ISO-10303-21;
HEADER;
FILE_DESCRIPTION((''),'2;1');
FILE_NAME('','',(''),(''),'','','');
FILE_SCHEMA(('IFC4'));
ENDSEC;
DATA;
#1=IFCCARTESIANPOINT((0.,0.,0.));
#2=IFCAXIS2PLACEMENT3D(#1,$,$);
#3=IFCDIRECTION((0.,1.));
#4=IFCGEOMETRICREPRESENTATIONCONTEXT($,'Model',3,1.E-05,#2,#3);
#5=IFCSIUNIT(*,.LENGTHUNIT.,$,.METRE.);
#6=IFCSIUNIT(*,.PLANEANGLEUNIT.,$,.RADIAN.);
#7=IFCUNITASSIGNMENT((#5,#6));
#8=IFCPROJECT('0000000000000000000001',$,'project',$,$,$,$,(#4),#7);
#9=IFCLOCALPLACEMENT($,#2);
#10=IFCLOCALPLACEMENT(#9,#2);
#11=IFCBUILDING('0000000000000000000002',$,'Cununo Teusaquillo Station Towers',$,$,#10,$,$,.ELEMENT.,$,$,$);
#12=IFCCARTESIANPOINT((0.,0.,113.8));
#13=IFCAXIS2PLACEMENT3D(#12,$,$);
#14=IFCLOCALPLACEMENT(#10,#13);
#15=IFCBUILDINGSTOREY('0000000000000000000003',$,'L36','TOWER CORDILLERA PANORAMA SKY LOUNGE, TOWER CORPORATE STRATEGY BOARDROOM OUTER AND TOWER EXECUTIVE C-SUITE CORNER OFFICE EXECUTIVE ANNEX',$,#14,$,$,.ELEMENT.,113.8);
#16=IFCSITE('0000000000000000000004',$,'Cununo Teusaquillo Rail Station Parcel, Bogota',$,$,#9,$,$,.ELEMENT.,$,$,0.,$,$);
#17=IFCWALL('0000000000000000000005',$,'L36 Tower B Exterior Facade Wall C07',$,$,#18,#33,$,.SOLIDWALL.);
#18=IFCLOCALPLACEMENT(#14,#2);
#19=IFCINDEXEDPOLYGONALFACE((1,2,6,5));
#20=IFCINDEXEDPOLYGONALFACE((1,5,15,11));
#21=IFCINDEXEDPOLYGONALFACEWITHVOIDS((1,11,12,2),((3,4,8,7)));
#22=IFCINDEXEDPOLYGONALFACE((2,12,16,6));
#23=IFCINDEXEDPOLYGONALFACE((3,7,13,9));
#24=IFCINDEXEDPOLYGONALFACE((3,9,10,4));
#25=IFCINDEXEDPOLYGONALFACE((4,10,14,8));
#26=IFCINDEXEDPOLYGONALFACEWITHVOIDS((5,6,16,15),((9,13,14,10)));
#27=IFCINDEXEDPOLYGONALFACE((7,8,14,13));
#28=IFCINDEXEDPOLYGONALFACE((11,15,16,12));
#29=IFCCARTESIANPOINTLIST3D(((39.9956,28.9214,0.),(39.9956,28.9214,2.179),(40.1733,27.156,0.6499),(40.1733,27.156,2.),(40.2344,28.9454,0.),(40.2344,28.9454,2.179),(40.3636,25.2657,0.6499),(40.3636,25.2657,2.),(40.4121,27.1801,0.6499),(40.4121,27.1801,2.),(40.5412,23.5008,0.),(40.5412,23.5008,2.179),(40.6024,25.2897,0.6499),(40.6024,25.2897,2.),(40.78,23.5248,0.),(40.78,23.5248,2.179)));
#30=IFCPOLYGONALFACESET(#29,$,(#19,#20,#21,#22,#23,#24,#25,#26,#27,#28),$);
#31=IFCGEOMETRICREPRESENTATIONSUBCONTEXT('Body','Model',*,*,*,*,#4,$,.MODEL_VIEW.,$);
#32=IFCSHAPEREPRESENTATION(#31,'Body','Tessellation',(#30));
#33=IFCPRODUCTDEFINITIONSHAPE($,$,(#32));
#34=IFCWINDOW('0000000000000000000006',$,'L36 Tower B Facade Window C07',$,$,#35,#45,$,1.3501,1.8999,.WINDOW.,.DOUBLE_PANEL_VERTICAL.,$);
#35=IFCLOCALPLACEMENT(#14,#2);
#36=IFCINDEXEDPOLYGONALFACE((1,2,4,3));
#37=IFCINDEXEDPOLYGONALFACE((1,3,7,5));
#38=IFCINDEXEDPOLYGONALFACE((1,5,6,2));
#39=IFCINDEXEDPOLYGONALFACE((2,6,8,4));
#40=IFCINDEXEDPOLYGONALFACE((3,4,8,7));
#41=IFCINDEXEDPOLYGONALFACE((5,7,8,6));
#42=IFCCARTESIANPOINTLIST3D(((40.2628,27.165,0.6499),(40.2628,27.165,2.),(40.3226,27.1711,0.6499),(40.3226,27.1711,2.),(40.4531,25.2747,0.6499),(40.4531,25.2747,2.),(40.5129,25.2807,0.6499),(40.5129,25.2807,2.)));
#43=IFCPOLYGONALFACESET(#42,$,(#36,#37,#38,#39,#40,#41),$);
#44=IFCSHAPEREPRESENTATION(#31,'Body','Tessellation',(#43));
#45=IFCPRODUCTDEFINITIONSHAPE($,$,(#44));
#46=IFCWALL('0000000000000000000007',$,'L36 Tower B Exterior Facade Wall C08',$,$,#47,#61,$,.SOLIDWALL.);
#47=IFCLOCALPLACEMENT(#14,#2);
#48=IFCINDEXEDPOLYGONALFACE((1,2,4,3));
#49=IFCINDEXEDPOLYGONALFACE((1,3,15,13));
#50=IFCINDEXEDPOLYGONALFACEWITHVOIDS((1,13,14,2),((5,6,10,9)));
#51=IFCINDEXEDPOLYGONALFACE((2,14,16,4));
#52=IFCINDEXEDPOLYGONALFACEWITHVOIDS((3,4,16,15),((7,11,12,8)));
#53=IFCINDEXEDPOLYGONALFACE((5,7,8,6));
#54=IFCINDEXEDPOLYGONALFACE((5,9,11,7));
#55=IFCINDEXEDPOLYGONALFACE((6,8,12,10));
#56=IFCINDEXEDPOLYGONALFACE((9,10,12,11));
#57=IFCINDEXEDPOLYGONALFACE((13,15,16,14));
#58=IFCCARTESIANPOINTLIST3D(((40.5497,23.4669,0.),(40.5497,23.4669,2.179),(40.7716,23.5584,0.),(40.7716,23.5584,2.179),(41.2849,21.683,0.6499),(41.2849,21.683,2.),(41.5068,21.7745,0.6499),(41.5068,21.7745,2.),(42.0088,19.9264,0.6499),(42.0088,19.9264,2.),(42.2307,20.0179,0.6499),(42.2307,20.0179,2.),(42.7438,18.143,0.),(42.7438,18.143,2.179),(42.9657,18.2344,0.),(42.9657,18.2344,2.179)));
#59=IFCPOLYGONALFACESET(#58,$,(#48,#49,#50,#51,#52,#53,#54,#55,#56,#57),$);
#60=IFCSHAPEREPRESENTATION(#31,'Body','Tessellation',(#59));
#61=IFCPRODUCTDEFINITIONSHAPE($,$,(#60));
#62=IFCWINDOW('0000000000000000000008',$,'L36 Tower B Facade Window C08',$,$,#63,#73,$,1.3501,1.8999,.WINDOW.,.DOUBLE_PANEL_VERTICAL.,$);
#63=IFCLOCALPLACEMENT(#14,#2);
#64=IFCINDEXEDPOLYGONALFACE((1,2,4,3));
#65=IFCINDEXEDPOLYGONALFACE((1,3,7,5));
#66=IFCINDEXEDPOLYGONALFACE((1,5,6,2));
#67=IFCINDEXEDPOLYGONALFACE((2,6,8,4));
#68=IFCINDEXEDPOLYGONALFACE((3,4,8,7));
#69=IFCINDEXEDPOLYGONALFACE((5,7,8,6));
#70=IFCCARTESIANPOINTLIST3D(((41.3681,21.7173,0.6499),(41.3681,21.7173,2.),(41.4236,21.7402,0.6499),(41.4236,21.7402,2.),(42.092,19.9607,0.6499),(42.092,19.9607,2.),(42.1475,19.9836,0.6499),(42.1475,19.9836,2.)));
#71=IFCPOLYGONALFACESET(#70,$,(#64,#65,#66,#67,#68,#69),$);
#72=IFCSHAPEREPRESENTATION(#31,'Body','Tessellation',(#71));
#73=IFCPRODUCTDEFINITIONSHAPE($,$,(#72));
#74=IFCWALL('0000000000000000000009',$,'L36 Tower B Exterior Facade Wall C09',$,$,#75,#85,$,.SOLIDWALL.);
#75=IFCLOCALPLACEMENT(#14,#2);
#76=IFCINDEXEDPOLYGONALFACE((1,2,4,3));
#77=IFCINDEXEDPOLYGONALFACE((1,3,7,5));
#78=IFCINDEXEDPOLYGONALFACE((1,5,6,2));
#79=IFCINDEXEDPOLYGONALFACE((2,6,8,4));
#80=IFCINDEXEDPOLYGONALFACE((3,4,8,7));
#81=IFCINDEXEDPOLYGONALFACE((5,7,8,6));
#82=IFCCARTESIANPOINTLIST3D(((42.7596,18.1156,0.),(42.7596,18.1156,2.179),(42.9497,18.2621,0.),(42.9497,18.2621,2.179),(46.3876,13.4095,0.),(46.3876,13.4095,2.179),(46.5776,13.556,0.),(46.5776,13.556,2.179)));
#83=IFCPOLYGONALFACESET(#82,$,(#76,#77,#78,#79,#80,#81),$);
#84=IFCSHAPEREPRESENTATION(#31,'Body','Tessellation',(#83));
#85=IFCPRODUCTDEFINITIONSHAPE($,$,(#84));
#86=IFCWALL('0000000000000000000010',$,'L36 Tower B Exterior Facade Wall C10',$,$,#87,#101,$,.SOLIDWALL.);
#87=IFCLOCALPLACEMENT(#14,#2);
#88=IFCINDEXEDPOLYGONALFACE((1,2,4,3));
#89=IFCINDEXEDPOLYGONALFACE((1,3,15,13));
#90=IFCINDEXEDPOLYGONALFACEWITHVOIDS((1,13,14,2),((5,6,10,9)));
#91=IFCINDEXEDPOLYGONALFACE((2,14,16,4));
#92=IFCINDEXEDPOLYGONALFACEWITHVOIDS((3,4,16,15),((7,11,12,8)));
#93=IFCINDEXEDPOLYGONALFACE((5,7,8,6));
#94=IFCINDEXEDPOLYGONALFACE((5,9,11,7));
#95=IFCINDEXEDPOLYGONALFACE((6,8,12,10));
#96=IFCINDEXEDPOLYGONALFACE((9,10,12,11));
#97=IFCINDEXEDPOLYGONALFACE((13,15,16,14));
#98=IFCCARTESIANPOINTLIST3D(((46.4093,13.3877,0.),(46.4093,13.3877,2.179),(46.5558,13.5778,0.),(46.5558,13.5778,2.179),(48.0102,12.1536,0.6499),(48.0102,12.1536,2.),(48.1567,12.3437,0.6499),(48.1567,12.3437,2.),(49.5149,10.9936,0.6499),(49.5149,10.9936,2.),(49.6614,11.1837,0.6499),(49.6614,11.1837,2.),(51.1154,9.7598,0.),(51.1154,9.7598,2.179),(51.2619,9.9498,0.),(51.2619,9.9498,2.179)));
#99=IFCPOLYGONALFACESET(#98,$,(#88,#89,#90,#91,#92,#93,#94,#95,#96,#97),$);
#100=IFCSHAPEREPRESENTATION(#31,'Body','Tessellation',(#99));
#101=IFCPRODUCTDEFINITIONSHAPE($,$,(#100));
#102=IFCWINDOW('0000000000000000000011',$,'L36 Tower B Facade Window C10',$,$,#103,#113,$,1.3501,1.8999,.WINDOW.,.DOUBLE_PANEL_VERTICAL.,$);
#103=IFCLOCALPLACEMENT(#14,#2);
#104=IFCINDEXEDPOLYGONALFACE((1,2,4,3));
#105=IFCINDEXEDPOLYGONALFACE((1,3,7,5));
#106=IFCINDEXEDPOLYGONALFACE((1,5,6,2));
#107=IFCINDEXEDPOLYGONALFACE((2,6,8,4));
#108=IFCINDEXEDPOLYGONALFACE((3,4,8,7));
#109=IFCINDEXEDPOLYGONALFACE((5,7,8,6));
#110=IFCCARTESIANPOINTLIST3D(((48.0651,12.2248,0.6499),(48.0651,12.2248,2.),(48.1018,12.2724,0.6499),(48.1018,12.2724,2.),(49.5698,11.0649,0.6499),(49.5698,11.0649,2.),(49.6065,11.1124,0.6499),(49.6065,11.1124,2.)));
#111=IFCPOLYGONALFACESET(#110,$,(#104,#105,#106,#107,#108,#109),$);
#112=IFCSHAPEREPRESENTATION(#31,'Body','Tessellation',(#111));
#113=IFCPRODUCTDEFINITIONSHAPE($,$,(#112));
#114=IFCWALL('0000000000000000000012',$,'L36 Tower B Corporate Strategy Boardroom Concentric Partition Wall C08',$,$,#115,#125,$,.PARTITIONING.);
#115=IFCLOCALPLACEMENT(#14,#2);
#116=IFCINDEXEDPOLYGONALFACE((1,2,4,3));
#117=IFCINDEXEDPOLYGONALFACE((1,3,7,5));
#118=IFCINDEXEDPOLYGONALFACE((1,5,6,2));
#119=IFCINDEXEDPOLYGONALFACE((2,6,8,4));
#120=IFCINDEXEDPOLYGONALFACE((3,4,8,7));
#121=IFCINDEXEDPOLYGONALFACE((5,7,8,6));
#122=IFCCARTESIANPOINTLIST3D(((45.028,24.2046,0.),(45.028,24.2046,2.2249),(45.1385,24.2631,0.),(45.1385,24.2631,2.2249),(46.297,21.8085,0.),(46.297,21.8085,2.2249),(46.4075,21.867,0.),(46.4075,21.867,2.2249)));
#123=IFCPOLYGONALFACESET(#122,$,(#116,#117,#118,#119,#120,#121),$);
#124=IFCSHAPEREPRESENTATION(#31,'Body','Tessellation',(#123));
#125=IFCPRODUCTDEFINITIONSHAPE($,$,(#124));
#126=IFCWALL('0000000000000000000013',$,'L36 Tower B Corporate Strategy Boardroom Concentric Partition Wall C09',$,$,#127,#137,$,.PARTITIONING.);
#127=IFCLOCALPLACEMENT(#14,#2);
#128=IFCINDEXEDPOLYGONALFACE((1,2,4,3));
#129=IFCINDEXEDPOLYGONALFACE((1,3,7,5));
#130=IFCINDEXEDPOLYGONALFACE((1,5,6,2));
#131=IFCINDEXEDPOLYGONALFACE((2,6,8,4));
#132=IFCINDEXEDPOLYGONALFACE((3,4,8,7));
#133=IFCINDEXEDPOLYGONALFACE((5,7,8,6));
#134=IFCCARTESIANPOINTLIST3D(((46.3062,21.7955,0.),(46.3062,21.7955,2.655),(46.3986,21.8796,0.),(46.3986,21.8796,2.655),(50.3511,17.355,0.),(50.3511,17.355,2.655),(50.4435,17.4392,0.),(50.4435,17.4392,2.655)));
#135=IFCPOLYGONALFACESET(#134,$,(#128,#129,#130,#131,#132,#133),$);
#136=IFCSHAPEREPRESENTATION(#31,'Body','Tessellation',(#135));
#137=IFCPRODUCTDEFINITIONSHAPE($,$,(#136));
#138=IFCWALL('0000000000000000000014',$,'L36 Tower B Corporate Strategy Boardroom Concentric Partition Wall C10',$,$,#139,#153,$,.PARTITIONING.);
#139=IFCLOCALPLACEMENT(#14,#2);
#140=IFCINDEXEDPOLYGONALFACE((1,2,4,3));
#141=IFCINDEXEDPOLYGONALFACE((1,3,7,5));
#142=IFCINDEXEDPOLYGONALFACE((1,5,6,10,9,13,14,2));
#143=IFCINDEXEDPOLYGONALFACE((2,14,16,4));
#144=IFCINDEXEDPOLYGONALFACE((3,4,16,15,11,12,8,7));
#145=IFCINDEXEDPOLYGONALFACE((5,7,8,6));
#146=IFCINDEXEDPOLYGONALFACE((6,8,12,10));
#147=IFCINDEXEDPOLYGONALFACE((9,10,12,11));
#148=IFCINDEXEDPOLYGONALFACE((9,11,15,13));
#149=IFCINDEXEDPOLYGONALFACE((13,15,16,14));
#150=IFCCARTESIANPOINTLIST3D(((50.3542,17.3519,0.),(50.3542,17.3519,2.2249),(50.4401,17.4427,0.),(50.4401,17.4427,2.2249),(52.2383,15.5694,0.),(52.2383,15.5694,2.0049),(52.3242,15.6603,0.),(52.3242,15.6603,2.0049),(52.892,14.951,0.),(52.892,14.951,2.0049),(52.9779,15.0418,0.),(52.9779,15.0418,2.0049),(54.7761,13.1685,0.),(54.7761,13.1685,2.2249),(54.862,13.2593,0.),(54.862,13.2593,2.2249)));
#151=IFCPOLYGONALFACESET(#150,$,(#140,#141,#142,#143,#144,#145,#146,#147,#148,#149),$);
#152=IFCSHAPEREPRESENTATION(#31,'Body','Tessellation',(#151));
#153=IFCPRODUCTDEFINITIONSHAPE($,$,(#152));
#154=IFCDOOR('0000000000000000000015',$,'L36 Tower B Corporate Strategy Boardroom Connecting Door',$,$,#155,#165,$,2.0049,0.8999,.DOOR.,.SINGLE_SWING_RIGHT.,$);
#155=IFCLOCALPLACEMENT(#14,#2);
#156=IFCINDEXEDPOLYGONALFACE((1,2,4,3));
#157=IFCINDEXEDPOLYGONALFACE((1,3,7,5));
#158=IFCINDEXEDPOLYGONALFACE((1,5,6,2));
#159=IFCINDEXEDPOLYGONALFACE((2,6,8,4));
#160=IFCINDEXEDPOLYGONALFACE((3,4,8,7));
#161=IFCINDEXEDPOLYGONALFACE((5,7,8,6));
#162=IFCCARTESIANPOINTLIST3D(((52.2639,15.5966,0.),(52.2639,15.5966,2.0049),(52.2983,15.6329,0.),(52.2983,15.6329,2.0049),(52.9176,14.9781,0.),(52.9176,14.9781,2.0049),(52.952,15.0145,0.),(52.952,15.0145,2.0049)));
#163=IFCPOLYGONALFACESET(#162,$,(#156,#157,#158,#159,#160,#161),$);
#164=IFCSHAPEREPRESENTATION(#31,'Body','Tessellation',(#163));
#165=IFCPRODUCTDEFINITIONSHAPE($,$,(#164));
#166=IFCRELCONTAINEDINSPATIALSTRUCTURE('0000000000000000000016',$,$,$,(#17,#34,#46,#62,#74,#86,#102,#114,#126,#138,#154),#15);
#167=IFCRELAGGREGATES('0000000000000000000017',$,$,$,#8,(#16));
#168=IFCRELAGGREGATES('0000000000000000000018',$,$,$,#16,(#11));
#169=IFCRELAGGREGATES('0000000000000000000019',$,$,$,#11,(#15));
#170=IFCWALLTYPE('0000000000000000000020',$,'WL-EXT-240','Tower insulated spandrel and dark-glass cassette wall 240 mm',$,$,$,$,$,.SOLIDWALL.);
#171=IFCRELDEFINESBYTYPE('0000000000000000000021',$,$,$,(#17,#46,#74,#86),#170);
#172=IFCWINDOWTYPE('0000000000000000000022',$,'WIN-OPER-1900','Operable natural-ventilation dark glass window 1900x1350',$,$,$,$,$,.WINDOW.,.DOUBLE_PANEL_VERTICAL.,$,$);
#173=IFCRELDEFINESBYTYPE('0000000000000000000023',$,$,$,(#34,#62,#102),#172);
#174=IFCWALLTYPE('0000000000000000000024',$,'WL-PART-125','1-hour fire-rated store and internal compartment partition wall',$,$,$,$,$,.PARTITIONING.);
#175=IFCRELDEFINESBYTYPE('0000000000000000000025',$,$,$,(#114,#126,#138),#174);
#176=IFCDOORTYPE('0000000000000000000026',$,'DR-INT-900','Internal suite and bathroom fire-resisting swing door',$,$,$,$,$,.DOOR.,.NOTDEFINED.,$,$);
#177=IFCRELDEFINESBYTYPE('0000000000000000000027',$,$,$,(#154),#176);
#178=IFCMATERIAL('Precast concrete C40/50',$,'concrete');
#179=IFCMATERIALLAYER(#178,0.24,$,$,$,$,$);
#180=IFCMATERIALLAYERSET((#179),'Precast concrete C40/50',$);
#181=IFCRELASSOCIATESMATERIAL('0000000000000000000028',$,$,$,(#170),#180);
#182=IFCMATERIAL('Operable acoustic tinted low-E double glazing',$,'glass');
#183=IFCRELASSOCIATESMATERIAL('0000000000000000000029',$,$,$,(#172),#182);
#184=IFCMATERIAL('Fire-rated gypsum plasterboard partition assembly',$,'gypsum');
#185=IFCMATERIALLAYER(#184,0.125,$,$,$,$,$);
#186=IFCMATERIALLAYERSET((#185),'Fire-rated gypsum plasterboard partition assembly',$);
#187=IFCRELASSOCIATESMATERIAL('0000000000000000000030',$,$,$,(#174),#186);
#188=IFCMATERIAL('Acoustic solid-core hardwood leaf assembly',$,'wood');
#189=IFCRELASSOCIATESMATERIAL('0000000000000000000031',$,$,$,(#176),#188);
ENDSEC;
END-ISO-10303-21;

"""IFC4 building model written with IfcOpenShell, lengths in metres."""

from ifc_helpers import new_model, si_unit, direction, frame, frame_2d, origin, place, context, subcontext, project, spatial, rectangle, extrude, source, transform, mapped, material, layer, layer_set, type_object, element, fill, save


model = new_model("IFC4")

# Units and contexts
model_context = context("Model", 3, precision=1e-05, world=origin(), true_north=direction((0.0, 1.0)))
body_context = subcontext(model_context, "Body", "Model", "MODEL_VIEW")
ifc_project = project(units=[si_unit("LENGTHUNIT", "METRE"), si_unit("PLANEANGLEUNIT", "RADIAN")], contexts=[model_context])

# Site, building, storey
site_placement = place(None, origin())
site = spatial("IfcSite", under=ifc_project, at=site_placement, Name="Cununo Teusaquillo Rail Station Parcel, Bogota", CompositionType="ELEMENT", RefElevation=0.0)
building_placement = place(site_placement, origin())
building = spatial("IfcBuilding", under=site, at=building_placement, Name="Cununo Teusaquillo Station Towers", CompositionType="ELEMENT")
storey_placement = place(building_placement, frame((0.0, 0.0, 113.8)))
storey = spatial("IfcBuildingStorey", under=building, at=storey_placement, Name="L36", Description="TOWER CORDILLERA PANORAMA SKY LOUNGE, TOWER CORPORATE STRATEGY BOARDROOM OUTER AND TOWER EXECUTIVE C-SUITE CORNER OFFICE EXECUTIVE ANNEX", CompositionType="ELEMENT", Elevation=113.8)

# Shared definitions
ifc_material_1 = material(Name="Precast concrete C40/50", Category="concrete")
ifc_layer_1 = layer(ifc_material_1, 0.24)
ifc_layer_set_1 = layer_set([ifc_layer_1], Name="Precast concrete C40/50")
wall_type_1 = type_object("IfcWallType", Name="WL-EXT-240", Description="Tower insulated spandrel and dark-glass cassette wall 240 mm", PredefinedType="SOLIDWALL", material=ifc_layer_set_1)

# Walls, openings, windows
shared_shape_1 = source(origin(), body_context, "Body", "SweptSolid", [
    extrude(rectangle(XDim=1.8999, YDim=1.3501, at=frame_2d((0.95, 0.675))), frame((0.0, 0.1299, 0.0), z_axis=(0.0, -1.0, 0.0), x_axis=(1.0, 0.0, 0.0)), (0.0, 0.0, 1.0), 0.26),
])
ifc_material_2 = material(Name="Operable acoustic tinted low-E double glazing", Category="glass")
window_type = type_object("IfcWindowType", Name="WIN-OPER-1900", Description="Operable natural-ventilation dark glass window 1900x1350", PartitioningType="DOUBLE_PANEL_VERTICAL", PredefinedType="WINDOW", material=ifc_material_2)
shared_shape_2 = source(origin(), body_context, "Body", "SweptSolid", [
    extrude(rectangle(XDim=1.8999, YDim=1.3501, at=frame_2d((0.95, 0.675))), frame((0.0, 0.03, 0.0), z_axis=(0.0, -1.0, 0.0), x_axis=(1.0, 0.0, 0.0)), (0.0, 0.0, 1.0), 0.0601),
])
wall_1_placement = place(storey_placement, frame((40.6606, 23.5127, 0.0), z_axis=(0.0, 0.0, 1.0), x_axis=(-0.100156, 0.994972, 0.0)))
wall_1 = element("IfcWall", 1, at=wall_1_placement, inside=storey, type_object=wall_type_1, Name="L36 Tower B Exterior Facade Wall C07", PredefinedType="SOLIDWALL", context=body_context, shape_type="SweptSolid", body=[
    extrude(rectangle(XDim=5.448, YDim=0.24, at=frame_2d((2.7241, 0.0))), origin(), (0.0, 0.0, 1.0), 2.179),
])
opening_1_placement = place(wall_1_placement, frame((1.7739, 0.0, 0.6499)))
opening_1 = element("IfcOpeningElement", 2, at=opening_1_placement, cuts=wall_1, PredefinedType="OPENING", context=body_context, shape_type="MappedRepresentation", body=[
    mapped(shared_shape_1, transform((0.0, 0.0, 0.0), x_axis=(1.0, 0.0, 0.0), y_axis=(0.0, 1.0, 0.0), z_axis=(0.0, 0.0, 1.0), scale=1.0)),
])
window_1_placement = place(opening_1_placement, origin())
window_1 = element("IfcWindow", 3, at=window_1_placement, inside=storey, type_object=window_type, Name="L36 Tower B Facade Window C07", OverallHeight=1.3501, OverallWidth=1.8999, PartitioningType="DOUBLE_PANEL_VERTICAL", PredefinedType="WINDOW", context=body_context, shape_type="MappedRepresentation", body=[
    mapped(shared_shape_2, transform((0.0, 0.0, 0.0), x_axis=(1.0, 0.0, 0.0), y_axis=(0.0, 1.0, 0.0), z_axis=(0.0, 0.0, 1.0), scale=1.0)),
])
fill(opening_1, window_1)
wall_2_placement = place(storey_placement, frame((42.8547, 18.1887, 0.0), z_axis=(0.0, 0.0, 1.0), x_axis=(-0.381027, 0.924564, 0.0)))
wall_2 = element("IfcWall", 4, at=wall_2_placement, inside=storey, type_object=wall_type_1, Name="L36 Tower B Exterior Facade Wall C08", PredefinedType="SOLIDWALL", context=body_context, shape_type="SweptSolid", body=[
    extrude(rectangle(XDim=5.7583, YDim=0.24, at=frame_2d((2.8792, 0.0))), origin(), (0.0, 0.0, 1.0), 2.179),
])
opening_2_placement = place(wall_2_placement, frame((1.929, 0.0, 0.6499)))
opening_2 = element("IfcOpeningElement", 5, at=opening_2_placement, cuts=wall_2, PredefinedType="OPENING", context=body_context, shape_type="MappedRepresentation", body=[
    mapped(shared_shape_1, transform((0.0, 0.0, 0.0), x_axis=(1.0, 0.0, 0.0), y_axis=(0.0, 1.0, 0.0), z_axis=(0.0, 0.0, 1.0), scale=1.0)),
])
window_2_placement = place(opening_2_placement, origin())
window_2 = element("IfcWindow", 6, at=window_2_placement, inside=storey, type_object=window_type, Name="L36 Tower B Facade Window C08", OverallHeight=1.3501, OverallWidth=1.8999, PartitioningType="DOUBLE_PANEL_VERTICAL", PredefinedType="WINDOW", context=body_context, shape_type="MappedRepresentation", body=[
    mapped(shared_shape_2, transform((0.0, 0.0, 0.0), x_axis=(1.0, 0.0, 0.0), y_axis=(0.0, 1.0, 0.0), z_axis=(0.0, 0.0, 1.0), scale=1.0)),
])
fill(opening_2, window_2)

# Wall
wall_3_placement = place(storey_placement, frame((46.4827, 13.4827, 0.0), z_axis=(0.0, 0.0, 1.0), x_axis=(-0.610544, 0.791982, 0.0)))
element("IfcWall", 7, at=wall_3_placement, inside=storey, type_object=wall_type_1, Name="L36 Tower B Exterior Facade Wall C09", PredefinedType="SOLIDWALL", context=body_context, shape_type="SweptSolid", body=[
    extrude(rectangle(XDim=5.9421, YDim=0.24, at=frame_2d((2.9712, 0.0))), origin(), (0.0, 0.0, 1.0), 2.179),
])

# Wall, opening, window
wall_4_placement = place(storey_placement, frame((51.1887, 9.8547, 0.0), z_axis=(0.0, 0.0, 1.0), x_axis=(-0.791982, 0.610544, 0.0)))
wall_4 = element("IfcWall", 8, at=wall_4_placement, inside=storey, type_object=wall_type_1, Name="L36 Tower B Exterior Facade Wall C10", PredefinedType="SOLIDWALL", context=body_context, shape_type="SweptSolid", body=[
    extrude(rectangle(XDim=5.9421, YDim=0.24, at=frame_2d((2.9712, 0.0))), origin(), (0.0, 0.0, 1.0), 2.179),
])
opening_3_placement = place(wall_4_placement, frame((2.021, 0.0, 0.6499)))
opening_3 = element("IfcOpeningElement", 9, at=opening_3_placement, cuts=wall_4, PredefinedType="OPENING", context=body_context, shape_type="MappedRepresentation", body=[
    mapped(shared_shape_1, transform((0.0, 0.0, 0.0), x_axis=(1.0, 0.0, 0.0), y_axis=(0.0, 1.0, 0.0), z_axis=(0.0, 0.0, 1.0), scale=1.0)),
])
window_3_placement = place(opening_3_placement, origin())
window_3 = element("IfcWindow", 10, at=window_3_placement, inside=storey, type_object=window_type, Name="L36 Tower B Facade Window C10", OverallHeight=1.3501, OverallWidth=1.8999, PartitioningType="DOUBLE_PANEL_VERTICAL", PredefinedType="WINDOW", context=body_context, shape_type="MappedRepresentation", body=[
    mapped(shared_shape_2, transform((0.0, 0.0, 0.0), x_axis=(1.0, 0.0, 0.0), y_axis=(0.0, 1.0, 0.0), z_axis=(0.0, 0.0, 1.0), scale=1.0)),
])
fill(opening_3, window_3)

# Walls
ifc_material_3 = material(Name="Fire-rated gypsum plasterboard partition assembly", Category="gypsum")
ifc_layer_2 = layer(ifc_material_3, 0.125)
ifc_layer_set_2 = layer_set([ifc_layer_2], Name="Fire-rated gypsum plasterboard partition assembly")
wall_type_2 = type_object("IfcWallType", Name="WL-PART-125", Description="1-hour fire-rated store and internal compartment partition wall", PredefinedType="PARTITIONING", material=ifc_layer_set_2)
wall_5_placement = place(storey_placement, frame((45.0833, 24.2339, 0.0), z_axis=(0.0, 0.0, 1.0), x_axis=(0.468016, -0.88372, 0.0)))
element("IfcWall", 11, at=wall_5_placement, inside=storey, type_object=wall_type_2, Name="L36 Tower B Corporate Strategy Boardroom Concentric Partition Wall C08", PredefinedType="PARTITIONING", context=body_context, shape_type="SweptSolid", body=[
    extrude(rectangle(XDim=2.7114, YDim=0.125, at=frame_2d((1.3557, 0.0))), origin(), (0.0, 0.0, 1.0), 2.2249),
])
wall_6_placement = place(storey_placement, frame((46.3523, 21.8376, 0.0), z_axis=(0.0, 0.0, 1.0), x_axis=(0.673417, -0.739263, 0.0)))
element("IfcWall", 12, at=wall_6_placement, inside=storey, type_object=wall_type_2, Name="L36 Tower B Corporate Strategy Boardroom Concentric Partition Wall C09", PredefinedType="PARTITIONING", context=body_context, shape_type="SweptSolid", body=[
    extrude(rectangle(XDim=6.0066, YDim=0.125, at=frame_2d((3.0034, 0.0))), origin(), (0.0, 0.0, 1.0), 2.655),
])

# Wall, opening, door
wall_7_placement = place(storey_placement, frame((50.3972, 17.3972, 0.0), z_axis=(0.0, 0.0, 1.0), x_axis=(0.726428, -0.687243, 0.0)))
wall_7 = element("IfcWall", 13, at=wall_7_placement, inside=storey, type_object=wall_type_2, Name="L36 Tower B Corporate Strategy Boardroom Concentric Partition Wall C10", PredefinedType="PARTITIONING", context=body_context, shape_type="SweptSolid", body=[
    extrude(rectangle(XDim=6.0872, YDim=0.125, at=frame_2d((3.0435, 0.0))), origin(), (0.0, 0.0, 1.0), 2.2249),
])
shared_shape_3 = source(origin(), body_context, "Body", "SweptSolid", [
    extrude(rectangle(XDim=0.8999, YDim=2.0049, at=frame_2d((0.45, 1.0024))), frame((0.0, 0.0725, 0.0), z_axis=(0.0, -1.0, 0.0), x_axis=(1.0, 0.0, 0.0)), (0.0, 0.0, 1.0), 0.145),
])
opening_4_placement = place(wall_7_placement, frame((2.5935, 0.0, 0.0)))
opening_4 = element("IfcOpeningElement", 14, at=opening_4_placement, cuts=wall_7, PredefinedType="OPENING", context=body_context, shape_type="MappedRepresentation", body=[
    mapped(shared_shape_3, transform((0.0, 0.0, 0.0), x_axis=(1.0, 0.0, 0.0), y_axis=(0.0, 1.0, 0.0), z_axis=(0.0, 0.0, 1.0), scale=1.0)),
])
ifc_material_4 = material(Name="Acoustic solid-core hardwood leaf assembly", Category="wood")
door_type_1 = type_object("IfcDoorType", Name="DR-INT-900", Description="Internal suite and bathroom fire-resisting swing door", OperationType="NOTDEFINED", PredefinedType="DOOR", material=ifc_material_4)
shared_shape_4 = source(origin(), body_context, "Body", "SweptSolid", [
    extrude(rectangle(XDim=0.8999, YDim=2.0049, at=frame_2d((0.45, 1.0024))), frame((0.0, 0.0249, 0.0), z_axis=(0.0, -1.0, 0.0), x_axis=(1.0, 0.0, 0.0)), (0.0, 0.0, 1.0), 0.05),
])
door_1_placement = place(opening_4_placement, origin())
door_1 = element("IfcDoor", 15, at=door_1_placement, inside=storey, type_object=door_type_1, Name="L36 Tower B Corporate Strategy Boardroom Connecting Door", OperationType="SINGLE_SWING_RIGHT", OverallHeight=2.0049, OverallWidth=0.8999, PredefinedType="DOOR", context=body_context, shape_type="MappedRepresentation", body=[
    mapped(shared_shape_4, transform((0.0, 0.0, 0.0), x_axis=(1.0, 0.0, 0.0), y_axis=(0.0, 1.0, 0.0), z_axis=(0.0, 0.0, 1.0), scale=1.0)),
])
fill(opening_4, door_1)

save(model, "model.ifc")
